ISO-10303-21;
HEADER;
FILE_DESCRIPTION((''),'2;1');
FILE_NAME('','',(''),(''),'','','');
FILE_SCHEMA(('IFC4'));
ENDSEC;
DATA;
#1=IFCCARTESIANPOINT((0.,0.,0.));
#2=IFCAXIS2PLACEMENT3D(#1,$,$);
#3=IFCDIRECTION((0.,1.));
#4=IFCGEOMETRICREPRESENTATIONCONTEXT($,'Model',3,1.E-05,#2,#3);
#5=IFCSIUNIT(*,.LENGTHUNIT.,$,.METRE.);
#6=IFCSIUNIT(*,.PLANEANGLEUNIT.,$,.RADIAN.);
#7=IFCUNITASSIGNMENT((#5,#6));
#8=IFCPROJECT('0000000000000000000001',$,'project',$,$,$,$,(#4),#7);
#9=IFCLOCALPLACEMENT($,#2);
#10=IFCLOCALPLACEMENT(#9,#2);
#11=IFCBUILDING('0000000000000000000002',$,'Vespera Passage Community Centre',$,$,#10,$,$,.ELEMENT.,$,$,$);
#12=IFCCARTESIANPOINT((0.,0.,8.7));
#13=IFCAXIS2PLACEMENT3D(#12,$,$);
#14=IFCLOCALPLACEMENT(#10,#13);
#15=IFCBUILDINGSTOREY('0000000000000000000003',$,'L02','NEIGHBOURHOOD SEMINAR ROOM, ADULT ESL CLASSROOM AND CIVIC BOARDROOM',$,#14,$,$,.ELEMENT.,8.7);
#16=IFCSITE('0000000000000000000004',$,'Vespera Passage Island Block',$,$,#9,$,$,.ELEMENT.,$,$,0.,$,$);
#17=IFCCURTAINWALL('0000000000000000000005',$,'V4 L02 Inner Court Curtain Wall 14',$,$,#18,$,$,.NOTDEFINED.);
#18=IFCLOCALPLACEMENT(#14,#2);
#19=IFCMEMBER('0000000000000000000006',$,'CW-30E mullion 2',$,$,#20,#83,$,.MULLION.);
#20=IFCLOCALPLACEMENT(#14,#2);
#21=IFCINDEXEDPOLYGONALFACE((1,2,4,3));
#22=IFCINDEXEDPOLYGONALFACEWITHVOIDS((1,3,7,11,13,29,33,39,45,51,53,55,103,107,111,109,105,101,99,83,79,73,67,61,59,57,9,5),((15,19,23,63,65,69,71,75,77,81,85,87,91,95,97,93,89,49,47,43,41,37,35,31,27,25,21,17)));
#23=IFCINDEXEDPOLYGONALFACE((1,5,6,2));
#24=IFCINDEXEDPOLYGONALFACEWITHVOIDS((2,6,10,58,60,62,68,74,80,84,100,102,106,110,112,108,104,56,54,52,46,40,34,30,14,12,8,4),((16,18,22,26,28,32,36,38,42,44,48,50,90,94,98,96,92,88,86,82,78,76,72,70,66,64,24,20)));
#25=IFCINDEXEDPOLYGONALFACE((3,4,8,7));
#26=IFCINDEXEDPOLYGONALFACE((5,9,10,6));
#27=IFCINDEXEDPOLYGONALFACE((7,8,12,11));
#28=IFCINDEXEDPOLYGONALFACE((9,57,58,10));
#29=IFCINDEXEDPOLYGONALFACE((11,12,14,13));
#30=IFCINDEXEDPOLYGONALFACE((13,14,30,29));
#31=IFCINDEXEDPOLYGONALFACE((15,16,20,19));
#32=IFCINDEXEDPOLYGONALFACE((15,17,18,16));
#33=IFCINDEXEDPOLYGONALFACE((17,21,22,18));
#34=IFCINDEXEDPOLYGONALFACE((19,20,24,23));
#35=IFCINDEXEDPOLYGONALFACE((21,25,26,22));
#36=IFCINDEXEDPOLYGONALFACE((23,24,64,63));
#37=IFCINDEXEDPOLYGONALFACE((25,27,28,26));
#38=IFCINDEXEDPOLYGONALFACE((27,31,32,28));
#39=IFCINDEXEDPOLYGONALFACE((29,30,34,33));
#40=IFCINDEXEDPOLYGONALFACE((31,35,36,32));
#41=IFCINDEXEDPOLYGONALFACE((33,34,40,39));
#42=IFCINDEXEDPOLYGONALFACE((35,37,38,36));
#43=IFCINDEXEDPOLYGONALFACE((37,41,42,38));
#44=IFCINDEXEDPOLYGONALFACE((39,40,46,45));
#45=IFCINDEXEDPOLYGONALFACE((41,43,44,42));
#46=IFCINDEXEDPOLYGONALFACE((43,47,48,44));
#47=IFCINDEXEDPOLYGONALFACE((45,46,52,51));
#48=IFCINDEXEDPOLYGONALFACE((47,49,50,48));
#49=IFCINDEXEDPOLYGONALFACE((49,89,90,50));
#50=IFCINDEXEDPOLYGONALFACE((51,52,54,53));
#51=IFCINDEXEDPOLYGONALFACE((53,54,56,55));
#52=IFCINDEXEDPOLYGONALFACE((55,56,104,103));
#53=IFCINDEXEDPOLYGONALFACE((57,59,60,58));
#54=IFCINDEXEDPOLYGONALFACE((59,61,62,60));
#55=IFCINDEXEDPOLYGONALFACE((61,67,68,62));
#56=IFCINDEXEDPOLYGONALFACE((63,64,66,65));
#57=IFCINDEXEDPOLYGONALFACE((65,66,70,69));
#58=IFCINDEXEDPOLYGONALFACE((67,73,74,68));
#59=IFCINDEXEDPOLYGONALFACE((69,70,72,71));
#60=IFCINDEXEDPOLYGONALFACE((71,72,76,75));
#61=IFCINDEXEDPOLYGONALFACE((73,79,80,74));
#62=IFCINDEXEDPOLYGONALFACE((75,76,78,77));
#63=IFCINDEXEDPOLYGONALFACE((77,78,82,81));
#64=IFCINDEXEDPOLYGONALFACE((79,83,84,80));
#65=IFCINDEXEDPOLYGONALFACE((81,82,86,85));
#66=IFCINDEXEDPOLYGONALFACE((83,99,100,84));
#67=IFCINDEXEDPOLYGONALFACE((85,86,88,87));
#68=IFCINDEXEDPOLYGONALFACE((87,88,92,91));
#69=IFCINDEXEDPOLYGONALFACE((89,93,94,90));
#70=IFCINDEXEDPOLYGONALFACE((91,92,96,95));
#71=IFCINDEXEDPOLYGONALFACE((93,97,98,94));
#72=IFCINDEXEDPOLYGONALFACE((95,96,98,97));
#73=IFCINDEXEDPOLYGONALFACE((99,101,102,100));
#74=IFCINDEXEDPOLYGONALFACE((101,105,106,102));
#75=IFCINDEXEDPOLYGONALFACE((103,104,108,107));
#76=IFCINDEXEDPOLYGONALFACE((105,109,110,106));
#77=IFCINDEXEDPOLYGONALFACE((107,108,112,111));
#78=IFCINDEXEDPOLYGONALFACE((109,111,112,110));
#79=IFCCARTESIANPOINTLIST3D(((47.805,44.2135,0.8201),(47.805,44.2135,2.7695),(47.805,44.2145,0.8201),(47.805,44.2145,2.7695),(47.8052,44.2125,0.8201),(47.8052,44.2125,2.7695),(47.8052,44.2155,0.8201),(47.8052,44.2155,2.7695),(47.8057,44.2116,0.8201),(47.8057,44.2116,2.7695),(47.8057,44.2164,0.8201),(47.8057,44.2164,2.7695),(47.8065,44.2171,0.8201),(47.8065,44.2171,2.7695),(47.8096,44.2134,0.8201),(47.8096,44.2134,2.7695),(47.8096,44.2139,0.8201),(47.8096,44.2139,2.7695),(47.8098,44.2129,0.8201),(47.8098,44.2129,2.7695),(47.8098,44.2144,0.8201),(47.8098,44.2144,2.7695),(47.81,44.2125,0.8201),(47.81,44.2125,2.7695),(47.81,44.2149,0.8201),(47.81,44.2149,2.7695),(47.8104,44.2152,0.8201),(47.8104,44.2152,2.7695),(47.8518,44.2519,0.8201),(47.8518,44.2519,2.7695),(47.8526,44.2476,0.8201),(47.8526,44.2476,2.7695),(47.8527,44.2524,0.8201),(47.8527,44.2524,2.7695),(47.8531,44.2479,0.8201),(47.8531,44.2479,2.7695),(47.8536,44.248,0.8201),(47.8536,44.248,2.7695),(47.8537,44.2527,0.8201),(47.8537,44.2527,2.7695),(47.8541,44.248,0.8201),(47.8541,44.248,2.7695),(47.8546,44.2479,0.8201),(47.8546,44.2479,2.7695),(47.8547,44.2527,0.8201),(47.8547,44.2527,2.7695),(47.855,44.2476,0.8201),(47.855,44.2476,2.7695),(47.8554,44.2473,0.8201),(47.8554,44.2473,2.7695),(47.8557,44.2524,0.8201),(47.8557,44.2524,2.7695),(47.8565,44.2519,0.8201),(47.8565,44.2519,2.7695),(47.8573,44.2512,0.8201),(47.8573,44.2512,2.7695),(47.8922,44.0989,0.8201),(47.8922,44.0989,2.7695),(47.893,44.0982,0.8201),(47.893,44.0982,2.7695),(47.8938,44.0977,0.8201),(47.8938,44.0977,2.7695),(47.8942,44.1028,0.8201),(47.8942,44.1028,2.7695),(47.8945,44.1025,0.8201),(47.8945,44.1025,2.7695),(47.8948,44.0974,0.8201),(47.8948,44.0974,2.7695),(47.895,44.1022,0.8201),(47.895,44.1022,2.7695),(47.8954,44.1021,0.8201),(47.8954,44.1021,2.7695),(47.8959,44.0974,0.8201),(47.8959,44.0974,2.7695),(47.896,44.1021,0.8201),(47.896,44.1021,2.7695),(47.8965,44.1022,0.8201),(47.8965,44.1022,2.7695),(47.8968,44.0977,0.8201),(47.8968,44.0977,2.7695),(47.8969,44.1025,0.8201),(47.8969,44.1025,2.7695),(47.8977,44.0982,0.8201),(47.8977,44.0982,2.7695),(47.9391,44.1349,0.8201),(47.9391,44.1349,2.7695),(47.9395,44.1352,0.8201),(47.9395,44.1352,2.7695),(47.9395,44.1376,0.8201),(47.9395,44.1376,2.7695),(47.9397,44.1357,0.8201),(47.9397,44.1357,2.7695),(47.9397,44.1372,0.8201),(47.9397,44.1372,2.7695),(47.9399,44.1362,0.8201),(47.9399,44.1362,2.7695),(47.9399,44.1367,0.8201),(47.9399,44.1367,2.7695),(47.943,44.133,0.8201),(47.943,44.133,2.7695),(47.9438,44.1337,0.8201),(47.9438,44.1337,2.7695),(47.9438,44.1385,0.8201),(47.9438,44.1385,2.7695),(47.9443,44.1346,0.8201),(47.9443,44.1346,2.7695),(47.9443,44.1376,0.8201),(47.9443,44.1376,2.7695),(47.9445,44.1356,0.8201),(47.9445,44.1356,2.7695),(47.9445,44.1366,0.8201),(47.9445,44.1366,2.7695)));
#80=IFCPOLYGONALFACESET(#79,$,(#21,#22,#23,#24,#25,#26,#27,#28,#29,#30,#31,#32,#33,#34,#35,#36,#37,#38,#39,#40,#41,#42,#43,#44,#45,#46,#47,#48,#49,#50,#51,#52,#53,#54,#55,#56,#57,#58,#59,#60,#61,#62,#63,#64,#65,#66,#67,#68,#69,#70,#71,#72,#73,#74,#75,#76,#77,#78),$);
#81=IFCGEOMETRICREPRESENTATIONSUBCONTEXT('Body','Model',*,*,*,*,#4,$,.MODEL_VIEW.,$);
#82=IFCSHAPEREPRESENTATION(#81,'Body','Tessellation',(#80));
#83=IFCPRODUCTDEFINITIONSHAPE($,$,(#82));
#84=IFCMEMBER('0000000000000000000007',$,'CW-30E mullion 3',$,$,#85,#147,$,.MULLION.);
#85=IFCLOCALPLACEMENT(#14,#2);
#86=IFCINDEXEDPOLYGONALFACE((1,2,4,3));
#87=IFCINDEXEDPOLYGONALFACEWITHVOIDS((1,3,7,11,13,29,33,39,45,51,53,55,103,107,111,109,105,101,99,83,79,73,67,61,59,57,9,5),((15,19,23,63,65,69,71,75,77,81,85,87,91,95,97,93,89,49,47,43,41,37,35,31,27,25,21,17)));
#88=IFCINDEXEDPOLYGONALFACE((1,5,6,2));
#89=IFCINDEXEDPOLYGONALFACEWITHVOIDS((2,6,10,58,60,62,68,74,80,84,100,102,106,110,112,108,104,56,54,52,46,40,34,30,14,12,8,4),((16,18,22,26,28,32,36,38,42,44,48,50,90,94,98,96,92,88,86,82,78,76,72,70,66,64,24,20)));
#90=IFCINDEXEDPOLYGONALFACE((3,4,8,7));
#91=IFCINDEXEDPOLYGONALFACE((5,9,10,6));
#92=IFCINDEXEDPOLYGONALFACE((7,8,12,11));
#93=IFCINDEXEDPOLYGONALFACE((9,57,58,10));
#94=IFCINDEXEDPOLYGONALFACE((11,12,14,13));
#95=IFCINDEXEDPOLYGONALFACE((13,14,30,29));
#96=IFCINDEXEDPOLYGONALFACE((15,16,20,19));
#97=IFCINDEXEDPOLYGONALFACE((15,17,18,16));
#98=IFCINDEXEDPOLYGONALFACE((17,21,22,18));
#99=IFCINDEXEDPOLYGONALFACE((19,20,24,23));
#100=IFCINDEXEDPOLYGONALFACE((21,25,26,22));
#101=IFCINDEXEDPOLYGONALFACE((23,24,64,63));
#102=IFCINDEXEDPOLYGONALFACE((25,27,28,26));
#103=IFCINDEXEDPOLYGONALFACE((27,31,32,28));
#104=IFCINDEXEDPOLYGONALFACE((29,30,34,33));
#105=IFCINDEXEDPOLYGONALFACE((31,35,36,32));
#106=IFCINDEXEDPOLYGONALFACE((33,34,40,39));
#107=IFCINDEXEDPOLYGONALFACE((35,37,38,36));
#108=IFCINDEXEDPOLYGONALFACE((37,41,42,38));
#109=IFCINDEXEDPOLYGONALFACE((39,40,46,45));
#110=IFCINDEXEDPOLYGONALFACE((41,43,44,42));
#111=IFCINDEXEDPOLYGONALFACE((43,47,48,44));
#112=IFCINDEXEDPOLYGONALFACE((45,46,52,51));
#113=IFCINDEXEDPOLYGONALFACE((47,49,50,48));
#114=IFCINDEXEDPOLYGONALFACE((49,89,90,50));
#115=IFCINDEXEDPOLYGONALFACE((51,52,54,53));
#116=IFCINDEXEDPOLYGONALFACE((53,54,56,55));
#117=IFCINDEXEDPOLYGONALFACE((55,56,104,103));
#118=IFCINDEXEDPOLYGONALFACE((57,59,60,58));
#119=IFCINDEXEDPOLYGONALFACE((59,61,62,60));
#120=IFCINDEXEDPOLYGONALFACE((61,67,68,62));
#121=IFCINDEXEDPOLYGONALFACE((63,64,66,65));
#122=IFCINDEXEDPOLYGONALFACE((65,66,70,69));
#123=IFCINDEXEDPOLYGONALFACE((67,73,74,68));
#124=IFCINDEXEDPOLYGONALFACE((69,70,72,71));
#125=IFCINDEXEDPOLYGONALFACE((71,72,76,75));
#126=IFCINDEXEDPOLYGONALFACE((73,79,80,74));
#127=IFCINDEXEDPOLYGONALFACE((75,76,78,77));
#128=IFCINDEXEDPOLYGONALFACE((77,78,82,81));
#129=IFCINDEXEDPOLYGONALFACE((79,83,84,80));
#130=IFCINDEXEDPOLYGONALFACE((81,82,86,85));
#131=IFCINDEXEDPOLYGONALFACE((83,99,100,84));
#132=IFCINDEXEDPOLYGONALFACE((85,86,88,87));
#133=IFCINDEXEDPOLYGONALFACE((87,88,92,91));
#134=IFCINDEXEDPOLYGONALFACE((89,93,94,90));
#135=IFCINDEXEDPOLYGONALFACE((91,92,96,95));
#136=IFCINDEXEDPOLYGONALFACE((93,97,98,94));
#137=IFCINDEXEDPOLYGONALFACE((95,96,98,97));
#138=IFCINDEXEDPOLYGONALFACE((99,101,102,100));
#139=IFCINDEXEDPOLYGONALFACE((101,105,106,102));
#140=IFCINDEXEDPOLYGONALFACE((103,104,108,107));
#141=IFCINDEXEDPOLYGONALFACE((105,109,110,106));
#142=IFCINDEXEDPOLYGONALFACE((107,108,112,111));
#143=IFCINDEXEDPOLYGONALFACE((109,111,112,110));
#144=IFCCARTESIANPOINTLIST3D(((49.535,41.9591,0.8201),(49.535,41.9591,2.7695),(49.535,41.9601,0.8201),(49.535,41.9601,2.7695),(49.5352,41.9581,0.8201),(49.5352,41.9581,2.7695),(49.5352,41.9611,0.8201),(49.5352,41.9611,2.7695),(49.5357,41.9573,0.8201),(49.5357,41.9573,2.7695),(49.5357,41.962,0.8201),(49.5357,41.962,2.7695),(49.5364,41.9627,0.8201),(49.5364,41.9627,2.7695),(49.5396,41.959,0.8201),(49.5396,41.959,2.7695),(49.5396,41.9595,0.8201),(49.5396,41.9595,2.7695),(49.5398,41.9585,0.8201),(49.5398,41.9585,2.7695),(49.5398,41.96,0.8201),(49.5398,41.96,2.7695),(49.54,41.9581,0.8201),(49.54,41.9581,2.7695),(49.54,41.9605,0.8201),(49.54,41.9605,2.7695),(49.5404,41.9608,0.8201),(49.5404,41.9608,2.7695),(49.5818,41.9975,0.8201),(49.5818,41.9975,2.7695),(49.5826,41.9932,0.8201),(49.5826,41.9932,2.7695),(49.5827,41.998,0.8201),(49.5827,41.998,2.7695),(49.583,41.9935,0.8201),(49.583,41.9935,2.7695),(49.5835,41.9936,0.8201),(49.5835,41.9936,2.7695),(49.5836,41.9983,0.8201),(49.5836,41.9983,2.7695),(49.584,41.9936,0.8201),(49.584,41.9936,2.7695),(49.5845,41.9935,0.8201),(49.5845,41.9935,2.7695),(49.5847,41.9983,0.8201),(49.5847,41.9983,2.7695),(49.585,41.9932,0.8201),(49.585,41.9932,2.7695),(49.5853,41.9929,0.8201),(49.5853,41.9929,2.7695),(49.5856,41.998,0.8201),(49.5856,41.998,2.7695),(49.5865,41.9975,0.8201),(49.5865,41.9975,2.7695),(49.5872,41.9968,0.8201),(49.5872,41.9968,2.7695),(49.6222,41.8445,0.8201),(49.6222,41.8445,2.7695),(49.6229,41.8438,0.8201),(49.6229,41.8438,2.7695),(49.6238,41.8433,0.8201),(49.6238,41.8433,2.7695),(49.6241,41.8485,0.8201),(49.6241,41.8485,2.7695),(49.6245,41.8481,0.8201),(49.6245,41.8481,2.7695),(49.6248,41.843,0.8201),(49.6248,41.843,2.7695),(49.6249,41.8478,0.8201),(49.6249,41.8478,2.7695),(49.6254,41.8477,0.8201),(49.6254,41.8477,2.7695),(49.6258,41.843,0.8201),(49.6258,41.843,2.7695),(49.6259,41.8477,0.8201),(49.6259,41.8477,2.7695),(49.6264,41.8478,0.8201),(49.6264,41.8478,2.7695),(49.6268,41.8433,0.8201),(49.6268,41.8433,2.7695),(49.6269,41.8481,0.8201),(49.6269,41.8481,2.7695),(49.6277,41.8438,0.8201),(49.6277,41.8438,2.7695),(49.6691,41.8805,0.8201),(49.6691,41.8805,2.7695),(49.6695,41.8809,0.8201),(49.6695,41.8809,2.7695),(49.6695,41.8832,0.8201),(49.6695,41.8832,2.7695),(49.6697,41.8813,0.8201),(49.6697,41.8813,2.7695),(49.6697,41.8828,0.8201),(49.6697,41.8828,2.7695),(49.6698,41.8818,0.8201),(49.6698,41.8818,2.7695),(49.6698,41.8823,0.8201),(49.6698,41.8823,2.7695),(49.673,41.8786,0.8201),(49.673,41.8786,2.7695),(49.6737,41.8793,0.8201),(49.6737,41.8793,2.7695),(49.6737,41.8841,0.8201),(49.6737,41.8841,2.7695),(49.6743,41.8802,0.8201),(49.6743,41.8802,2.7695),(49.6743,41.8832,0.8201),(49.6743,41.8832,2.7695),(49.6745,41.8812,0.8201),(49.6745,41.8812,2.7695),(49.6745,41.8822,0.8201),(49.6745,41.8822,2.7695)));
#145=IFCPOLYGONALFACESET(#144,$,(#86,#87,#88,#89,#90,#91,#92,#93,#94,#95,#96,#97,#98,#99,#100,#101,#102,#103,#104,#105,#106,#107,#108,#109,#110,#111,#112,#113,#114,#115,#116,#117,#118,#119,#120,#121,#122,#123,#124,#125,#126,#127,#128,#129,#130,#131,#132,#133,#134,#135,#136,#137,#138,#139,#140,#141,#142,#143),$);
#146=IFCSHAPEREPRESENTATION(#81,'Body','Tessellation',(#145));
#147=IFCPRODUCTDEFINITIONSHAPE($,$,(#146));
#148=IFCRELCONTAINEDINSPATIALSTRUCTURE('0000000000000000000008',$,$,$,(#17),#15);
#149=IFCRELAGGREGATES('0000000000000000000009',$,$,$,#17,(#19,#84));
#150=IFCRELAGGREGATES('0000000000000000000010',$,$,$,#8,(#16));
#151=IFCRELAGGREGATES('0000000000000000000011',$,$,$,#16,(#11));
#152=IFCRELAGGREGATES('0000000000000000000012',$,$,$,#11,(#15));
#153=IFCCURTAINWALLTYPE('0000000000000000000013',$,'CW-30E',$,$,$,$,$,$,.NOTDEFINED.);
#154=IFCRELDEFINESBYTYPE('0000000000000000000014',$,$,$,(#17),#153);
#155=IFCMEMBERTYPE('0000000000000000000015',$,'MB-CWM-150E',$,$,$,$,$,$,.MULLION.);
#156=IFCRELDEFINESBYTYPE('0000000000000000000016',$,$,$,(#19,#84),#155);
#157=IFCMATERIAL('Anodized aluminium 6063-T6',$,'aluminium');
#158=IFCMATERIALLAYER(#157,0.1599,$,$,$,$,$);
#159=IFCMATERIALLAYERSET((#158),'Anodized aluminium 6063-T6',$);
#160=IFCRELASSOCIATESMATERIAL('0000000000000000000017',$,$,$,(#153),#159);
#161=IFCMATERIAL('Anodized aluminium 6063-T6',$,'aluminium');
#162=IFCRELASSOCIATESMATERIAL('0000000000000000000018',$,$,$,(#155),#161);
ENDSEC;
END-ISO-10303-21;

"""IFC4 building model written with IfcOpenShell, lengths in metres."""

from ifc_helpers import new_model, si_unit, direction, frame, origin, origin_2d, place, context, subcontext, project, spatial, hollow_rectangle, extrude, material, layer, layer_set, material_profile, profile_set, type_object, element, aggregate, save


model = new_model("IFC4")

# Units and contexts
model_context = context("Model", 3, precision=1e-05, world=origin(), true_north=direction((0.0, 1.0)))
body_context = subcontext(model_context, "Body", "Model", "MODEL_VIEW")
ifc_project = project(units=[si_unit("LENGTHUNIT", "METRE"), si_unit("PLANEANGLEUNIT", "RADIAN")], contexts=[model_context])

# Site, building, storey
site_placement = place(None, origin())
site = spatial("IfcSite", under=ifc_project, at=site_placement, Name="Vespera Passage Island Block", CompositionType="ELEMENT", RefElevation=0.0)
building_placement = place(site_placement, origin())
building = spatial("IfcBuilding", under=site, at=building_placement, Name="Vespera Passage Community Centre", CompositionType="ELEMENT")
storey_placement = place(building_placement, frame((0.0, 0.0, 8.7)))
storey = spatial("IfcBuildingStorey", under=building, at=storey_placement, Name="L02", Description="NEIGHBOURHOOD SEMINAR ROOM, ADULT ESL CLASSROOM AND CIVIC BOARDROOM", CompositionType="ELEMENT", Elevation=8.7)

# Curtain wall, members
ifc_material_1 = material(Name="Anodized aluminium 6063-T6", Category="aluminium")
ifc_layer_1 = layer(ifc_material_1, 0.1599)
ifc_layer_set_1 = layer_set([ifc_layer_1], Name="Anodized aluminium 6063-T6")
curtain_wall_type = type_object("IfcCurtainWallType", Name="CW-30E", PredefinedType="NOTDEFINED", material=ifc_layer_set_1)
curtain_wall_placement = place(storey_placement, origin())
curtain_wall = element("IfcCurtainWall", 1, at=curtain_wall_placement, inside=storey, type_object=curtain_wall_type, Name="V4 L02 Inner Court Curtain Wall 14", PredefinedType="NOTDEFINED")
ifc_material_2 = material(Name="Anodized aluminium 6063-T6", Category="aluminium")
ifc_material_profile_1 = material_profile(ifc_material_2, hollow_rectangle(XDim=0.0649, YDim=0.1499, WallThickness=0.0039, InnerFilletRadius=0.002, OuterFilletRadius=0.0039, at=origin_2d()), Name="ALU150X65X4")
ifc_profile_set_1 = profile_set([ifc_material_profile_1], Name="Anodized aluminium 6063-T6")
member_type_1 = type_object("IfcMemberType", Name="MB-CWM-150E", PredefinedType="MULLION", material=ifc_profile_set_1)
member_1_placement = place(storey_placement, frame((47.8748, 44.175, 0.8201), z_axis=(0.0, 0.0, 1.0), x_axis=(0.793358, 0.608755, 0.0)))
member_1 = element("IfcMember", 2, at=member_1_placement, type_object=member_type_1, Name="CW-30E mullion 2", PredefinedType="MULLION", context=body_context, shape_type="SweptSolid", body=[
    extrude(hollow_rectangle(XDim=0.0649, YDim=0.1499, WallThickness=0.0039, InnerFilletRadius=0.002, OuterFilletRadius=0.0039, at=origin_2d()), origin(), (0.0, 0.0, 1.0), 1.9495),
])
member_2_placement = place(storey_placement, frame((49.6047, 41.9207, 0.8201), z_axis=(0.0, 0.0, 1.0), x_axis=(0.793358, 0.608755, 0.0)))
member_2 = element("IfcMember", 3, at=member_2_placement, type_object=member_type_1, Name="CW-30E mullion 3", PredefinedType="MULLION", context=body_context, shape_type="SweptSolid", body=[
    extrude(hollow_rectangle(XDim=0.0649, YDim=0.1499, WallThickness=0.0039, InnerFilletRadius=0.002, OuterFilletRadius=0.0039, at=origin_2d()), origin(), (0.0, 0.0, 1.0), 1.9495),
])

aggregate(curtain_wall, [member_1, member_2])

save(model, "model.ifc")
